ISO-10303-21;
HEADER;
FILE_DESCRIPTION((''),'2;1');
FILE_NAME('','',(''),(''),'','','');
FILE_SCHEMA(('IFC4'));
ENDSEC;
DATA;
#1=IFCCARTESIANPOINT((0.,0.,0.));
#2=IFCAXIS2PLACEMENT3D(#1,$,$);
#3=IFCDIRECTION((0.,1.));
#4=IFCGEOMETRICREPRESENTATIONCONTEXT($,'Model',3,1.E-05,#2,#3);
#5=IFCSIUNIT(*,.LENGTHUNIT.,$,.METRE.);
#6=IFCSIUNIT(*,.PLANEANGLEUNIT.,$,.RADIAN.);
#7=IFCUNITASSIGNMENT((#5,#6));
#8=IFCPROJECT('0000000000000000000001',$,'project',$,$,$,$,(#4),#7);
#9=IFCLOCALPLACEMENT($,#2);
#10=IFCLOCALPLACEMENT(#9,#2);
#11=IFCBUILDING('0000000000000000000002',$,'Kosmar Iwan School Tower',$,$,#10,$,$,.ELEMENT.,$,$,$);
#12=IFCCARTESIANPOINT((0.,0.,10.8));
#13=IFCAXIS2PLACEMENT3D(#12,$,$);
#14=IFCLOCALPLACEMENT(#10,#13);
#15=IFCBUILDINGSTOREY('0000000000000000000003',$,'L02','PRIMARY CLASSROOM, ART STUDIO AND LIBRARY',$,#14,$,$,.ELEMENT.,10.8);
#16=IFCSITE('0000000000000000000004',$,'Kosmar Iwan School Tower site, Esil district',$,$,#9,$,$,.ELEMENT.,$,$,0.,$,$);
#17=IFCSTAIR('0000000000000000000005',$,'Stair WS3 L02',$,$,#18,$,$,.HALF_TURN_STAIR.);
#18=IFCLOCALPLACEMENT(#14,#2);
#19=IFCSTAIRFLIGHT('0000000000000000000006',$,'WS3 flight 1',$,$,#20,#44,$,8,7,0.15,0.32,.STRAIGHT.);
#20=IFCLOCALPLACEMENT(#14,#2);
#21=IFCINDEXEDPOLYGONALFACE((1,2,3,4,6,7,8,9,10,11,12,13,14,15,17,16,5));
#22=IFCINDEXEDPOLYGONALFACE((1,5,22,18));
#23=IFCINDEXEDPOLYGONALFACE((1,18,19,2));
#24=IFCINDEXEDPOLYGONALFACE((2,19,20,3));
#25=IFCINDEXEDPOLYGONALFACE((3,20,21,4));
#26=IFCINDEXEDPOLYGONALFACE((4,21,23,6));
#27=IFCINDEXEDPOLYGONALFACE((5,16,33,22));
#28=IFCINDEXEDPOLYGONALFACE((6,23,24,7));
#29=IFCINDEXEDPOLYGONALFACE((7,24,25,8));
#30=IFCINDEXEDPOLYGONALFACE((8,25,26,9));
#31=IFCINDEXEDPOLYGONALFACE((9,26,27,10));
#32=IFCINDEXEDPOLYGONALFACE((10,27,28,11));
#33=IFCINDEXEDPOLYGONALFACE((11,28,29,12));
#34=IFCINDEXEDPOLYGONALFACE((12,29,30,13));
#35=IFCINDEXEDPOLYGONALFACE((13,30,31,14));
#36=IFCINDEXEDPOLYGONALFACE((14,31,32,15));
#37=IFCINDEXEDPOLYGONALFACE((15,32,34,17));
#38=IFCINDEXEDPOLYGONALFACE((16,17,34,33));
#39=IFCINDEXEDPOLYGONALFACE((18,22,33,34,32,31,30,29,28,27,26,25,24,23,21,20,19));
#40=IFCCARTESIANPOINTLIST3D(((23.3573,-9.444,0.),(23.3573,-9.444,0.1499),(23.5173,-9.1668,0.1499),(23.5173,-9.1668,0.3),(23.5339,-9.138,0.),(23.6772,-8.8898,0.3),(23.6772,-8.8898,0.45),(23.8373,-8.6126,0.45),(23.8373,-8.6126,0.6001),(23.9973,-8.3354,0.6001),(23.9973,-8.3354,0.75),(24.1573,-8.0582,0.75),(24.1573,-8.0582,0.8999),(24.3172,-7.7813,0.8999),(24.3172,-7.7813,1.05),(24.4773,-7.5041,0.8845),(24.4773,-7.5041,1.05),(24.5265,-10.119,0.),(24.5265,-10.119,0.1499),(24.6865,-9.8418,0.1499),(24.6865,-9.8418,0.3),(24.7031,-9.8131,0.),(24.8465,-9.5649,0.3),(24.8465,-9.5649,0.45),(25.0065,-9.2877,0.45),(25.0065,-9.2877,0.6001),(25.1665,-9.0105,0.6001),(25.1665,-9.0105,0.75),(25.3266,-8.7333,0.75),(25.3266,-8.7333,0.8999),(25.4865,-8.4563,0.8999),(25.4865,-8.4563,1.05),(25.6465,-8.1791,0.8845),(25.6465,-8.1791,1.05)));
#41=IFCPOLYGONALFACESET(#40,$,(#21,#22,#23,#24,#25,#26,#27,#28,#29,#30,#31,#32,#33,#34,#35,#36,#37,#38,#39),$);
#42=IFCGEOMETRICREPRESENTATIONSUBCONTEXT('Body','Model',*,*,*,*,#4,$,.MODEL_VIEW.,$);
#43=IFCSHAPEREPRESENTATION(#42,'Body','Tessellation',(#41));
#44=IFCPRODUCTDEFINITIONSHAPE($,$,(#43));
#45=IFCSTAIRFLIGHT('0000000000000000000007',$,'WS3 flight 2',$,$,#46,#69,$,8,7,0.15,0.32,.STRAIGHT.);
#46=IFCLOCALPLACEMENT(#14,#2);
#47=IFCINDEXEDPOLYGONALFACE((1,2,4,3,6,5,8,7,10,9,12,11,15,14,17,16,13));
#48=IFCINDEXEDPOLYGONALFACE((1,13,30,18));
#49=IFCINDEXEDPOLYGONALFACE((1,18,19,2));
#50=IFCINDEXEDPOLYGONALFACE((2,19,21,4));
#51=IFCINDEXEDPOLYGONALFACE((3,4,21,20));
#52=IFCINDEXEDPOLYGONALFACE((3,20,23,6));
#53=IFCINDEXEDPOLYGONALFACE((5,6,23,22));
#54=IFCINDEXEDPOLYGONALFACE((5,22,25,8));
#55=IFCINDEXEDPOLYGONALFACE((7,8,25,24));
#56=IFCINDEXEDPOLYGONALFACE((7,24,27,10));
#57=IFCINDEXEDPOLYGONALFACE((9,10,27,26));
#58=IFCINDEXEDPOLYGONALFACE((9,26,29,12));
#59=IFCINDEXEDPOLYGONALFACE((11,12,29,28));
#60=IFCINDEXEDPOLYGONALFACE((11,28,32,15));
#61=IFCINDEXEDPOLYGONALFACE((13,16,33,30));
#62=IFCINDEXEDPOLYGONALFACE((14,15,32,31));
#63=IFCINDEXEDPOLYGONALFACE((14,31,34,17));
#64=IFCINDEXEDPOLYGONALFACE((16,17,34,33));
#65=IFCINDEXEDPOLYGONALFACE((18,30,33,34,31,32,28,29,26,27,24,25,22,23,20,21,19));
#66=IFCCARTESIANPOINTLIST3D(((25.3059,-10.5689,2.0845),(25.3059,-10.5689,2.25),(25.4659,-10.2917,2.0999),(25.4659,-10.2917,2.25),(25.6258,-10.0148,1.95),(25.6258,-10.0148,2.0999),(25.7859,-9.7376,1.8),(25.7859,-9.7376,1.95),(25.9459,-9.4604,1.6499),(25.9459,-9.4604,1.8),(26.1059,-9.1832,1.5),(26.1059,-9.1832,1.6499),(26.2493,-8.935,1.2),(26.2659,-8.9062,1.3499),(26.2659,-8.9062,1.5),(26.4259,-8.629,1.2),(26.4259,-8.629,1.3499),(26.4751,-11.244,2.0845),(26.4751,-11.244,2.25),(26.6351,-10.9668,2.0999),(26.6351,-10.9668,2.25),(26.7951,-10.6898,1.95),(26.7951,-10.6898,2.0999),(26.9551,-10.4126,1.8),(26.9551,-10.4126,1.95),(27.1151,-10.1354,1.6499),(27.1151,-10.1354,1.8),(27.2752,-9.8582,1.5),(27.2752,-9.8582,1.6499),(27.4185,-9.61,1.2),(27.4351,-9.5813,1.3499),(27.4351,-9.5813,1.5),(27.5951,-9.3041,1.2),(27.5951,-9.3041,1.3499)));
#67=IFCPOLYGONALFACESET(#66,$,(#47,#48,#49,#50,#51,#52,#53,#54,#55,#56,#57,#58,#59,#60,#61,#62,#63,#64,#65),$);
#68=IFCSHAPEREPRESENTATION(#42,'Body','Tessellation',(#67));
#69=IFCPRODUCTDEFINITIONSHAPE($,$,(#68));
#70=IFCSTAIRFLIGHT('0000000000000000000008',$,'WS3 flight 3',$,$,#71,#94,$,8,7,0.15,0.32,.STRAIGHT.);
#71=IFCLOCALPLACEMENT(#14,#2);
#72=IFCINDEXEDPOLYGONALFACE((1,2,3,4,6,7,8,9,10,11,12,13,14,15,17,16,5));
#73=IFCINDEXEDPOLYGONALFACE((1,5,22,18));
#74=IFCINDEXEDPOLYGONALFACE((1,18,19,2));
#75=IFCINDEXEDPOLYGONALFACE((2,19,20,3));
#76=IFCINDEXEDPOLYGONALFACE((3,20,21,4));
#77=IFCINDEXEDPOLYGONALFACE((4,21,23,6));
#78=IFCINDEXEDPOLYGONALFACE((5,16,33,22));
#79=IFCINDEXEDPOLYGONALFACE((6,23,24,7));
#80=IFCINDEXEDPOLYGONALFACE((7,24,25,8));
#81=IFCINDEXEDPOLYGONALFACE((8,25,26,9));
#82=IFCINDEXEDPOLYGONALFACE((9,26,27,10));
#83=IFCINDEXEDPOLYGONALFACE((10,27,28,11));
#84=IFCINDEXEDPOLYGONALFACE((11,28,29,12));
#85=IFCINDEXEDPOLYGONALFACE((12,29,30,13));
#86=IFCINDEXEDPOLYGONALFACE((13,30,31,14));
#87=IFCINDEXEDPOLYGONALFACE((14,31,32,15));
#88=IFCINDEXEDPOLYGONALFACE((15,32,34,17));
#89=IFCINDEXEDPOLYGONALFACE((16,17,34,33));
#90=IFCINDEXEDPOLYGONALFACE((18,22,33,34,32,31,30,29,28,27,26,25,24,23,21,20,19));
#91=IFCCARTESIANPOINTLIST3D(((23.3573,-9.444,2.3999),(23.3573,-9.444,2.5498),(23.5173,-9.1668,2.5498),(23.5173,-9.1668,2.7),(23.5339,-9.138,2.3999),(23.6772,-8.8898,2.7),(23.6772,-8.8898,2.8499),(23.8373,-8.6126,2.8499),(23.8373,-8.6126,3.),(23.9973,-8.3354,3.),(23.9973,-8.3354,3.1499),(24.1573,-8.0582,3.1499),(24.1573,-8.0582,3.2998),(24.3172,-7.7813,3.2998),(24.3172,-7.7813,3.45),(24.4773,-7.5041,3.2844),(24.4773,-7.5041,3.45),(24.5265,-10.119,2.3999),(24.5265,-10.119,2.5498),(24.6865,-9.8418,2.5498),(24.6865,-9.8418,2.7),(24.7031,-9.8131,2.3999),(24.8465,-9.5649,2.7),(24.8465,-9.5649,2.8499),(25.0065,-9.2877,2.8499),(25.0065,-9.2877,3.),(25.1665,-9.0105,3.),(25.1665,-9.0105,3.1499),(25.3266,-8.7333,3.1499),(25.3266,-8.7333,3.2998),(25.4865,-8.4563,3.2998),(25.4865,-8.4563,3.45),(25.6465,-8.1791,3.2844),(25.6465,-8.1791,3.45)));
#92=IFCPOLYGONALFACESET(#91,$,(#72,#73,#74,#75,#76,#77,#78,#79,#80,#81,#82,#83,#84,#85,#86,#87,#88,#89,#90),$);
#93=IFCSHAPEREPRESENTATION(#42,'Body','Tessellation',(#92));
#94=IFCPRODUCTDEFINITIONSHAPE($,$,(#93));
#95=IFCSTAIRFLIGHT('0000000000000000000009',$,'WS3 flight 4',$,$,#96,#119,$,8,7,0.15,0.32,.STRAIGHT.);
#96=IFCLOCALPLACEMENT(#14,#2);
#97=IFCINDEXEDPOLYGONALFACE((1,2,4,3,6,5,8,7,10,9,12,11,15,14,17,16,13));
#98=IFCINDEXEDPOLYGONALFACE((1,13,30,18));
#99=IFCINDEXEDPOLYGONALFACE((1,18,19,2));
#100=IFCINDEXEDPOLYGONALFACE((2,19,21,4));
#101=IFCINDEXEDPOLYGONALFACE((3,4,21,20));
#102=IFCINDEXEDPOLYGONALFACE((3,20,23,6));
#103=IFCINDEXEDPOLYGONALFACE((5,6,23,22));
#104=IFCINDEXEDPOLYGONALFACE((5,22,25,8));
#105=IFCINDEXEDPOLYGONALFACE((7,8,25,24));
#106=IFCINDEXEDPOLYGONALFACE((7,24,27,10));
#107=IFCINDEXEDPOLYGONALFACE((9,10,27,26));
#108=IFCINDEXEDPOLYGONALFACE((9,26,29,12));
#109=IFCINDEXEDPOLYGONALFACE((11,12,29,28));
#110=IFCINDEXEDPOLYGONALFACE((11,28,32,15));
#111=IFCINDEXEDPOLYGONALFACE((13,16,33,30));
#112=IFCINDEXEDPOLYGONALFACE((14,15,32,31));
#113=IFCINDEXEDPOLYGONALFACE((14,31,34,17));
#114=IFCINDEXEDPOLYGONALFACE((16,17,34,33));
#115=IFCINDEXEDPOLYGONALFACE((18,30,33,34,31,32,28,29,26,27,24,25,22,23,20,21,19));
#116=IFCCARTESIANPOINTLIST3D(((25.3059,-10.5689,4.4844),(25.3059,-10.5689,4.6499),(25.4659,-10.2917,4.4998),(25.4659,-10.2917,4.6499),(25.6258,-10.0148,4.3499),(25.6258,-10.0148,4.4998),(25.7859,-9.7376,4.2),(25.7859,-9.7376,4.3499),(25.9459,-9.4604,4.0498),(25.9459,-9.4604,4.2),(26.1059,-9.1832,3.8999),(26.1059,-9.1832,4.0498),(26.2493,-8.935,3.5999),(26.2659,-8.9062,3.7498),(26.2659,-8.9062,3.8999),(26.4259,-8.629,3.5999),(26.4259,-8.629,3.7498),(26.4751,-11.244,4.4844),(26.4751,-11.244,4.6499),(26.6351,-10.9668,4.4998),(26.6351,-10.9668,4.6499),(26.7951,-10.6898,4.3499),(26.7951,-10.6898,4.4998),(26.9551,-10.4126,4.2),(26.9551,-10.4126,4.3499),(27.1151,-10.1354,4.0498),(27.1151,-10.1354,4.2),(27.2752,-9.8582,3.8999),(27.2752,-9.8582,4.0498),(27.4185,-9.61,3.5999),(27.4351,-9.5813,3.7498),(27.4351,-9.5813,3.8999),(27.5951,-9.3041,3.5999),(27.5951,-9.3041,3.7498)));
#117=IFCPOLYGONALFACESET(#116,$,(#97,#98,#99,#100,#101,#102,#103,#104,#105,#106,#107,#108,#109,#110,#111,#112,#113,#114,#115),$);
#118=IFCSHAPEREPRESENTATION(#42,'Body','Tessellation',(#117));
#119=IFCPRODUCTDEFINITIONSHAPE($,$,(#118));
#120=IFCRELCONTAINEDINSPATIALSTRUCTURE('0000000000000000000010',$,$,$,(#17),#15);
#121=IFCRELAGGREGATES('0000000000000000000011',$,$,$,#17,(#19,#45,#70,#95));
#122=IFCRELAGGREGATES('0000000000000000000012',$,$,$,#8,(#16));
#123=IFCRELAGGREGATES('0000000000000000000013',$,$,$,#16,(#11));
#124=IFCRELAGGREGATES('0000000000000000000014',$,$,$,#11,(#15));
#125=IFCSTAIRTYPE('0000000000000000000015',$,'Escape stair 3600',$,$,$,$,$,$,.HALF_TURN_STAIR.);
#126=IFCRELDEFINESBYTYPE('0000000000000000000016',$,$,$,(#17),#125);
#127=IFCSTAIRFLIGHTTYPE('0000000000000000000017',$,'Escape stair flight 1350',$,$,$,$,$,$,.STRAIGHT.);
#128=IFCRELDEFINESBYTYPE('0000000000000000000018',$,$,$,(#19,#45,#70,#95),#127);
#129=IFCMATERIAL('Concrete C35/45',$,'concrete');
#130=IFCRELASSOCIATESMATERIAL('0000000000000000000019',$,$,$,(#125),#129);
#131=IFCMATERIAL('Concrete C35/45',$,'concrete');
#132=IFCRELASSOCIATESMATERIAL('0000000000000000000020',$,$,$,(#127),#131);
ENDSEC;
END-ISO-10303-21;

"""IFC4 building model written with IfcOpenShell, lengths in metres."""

from ifc_helpers import new_model, si_unit, direction, frame, origin, place, context, subcontext, project, spatial, polyline, outline, extrude, material, type_object, element, aggregate, save


model = new_model("IFC4")

# Units and contexts
model_context = context("Model", 3, precision=1e-05, world=origin(), true_north=direction((0.0, 1.0)))
body_context = subcontext(model_context, "Body", "Model", "MODEL_VIEW")
ifc_project = project(units=[si_unit("LENGTHUNIT", "METRE"), si_unit("PLANEANGLEUNIT", "RADIAN")], contexts=[model_context])

# Site, building, storey
site_placement = place(None, origin())
site = spatial("IfcSite", under=ifc_project, at=site_placement, Name="Kosmar Iwan School Tower site, Esil district", CompositionType="ELEMENT", RefElevation=0.0)
building_placement = place(site_placement, origin())
building = spatial("IfcBuilding", under=site, at=building_placement, Name="Kosmar Iwan School Tower", CompositionType="ELEMENT")
storey_placement = place(building_placement, frame((0.0, 0.0, 10.8)))
storey = spatial("IfcBuildingStorey", under=building, at=storey_placement, Name="L02", Description="PRIMARY CLASSROOM, ART STUDIO AND LIBRARY", CompositionType="ELEMENT", Elevation=10.8)

# Stair, stair flights
ifc_material_1 = material(Name="Concrete C35/45", Category="concrete")
stair_type = type_object("IfcStairType", Name="Escape stair 3600", PredefinedType="HALF_TURN_STAIR", material=ifc_material_1)
stair_placement = place(storey_placement, origin())
stair = element("IfcStair", 1, at=stair_placement, inside=storey, type_object=stair_type, Name="Stair WS3 L02", PredefinedType="HALF_TURN_STAIR")
ifc_material_2 = material(Name="Concrete C35/45", Category="concrete")
stair_flight_type = type_object("IfcStairFlightType", Name="Escape stair flight 1350", PredefinedType="STRAIGHT", material=ifc_material_2)
stair_flight_1_placement = place(storey_placement, frame((23.9419, -9.7815, 0.0), z_axis=(0.0, 0.0, 1.0), x_axis=(0.5, 0.866025, 0.0)))
stair_flight_1 = element("IfcStairFlight", 2, at=stair_flight_1_placement, type_object=stair_flight_type, Name="WS3 flight 1", NumberOfRisers=8, NumberOfTreads=7, PredefinedType="STRAIGHT", RiserHeight=0.15, TreadLength=0.32, context=body_context, shape_type="SweptSolid", body=[
    extrude(outline(polyline([(0.0, 0.0), (0.0, 0.1499), (0.3201, 0.1499), (0.3201, 0.3), (0.6399, 0.3), (0.6399, 0.45), (0.96, 0.45), (0.96, 0.6001), (1.28, 0.6001), (1.28, 0.75), (1.6001, 0.75), (1.6001, 0.8999), (1.9199, 0.8999), (1.9199, 1.05), (2.24, 1.05), (2.24, 1.2), (2.24, 0.8845), (0.3533, 0.0), (0.0, 0.0)])), frame((0.0, 0.675, 0.0), z_axis=(0.0, -1.0, 0.0), x_axis=(1.0, 0.0, 0.0)), (0.0, 0.0, 1.0), 1.3501),
])
stair_flight_2_placement = place(storey_placement, frame((27.0105, -8.9666, 1.2), z_axis=(0.0, 0.0, 1.0), x_axis=(-0.5, -0.866025, 0.0)))
stair_flight_2 = element("IfcStairFlight", 3, at=stair_flight_2_placement, type_object=stair_flight_type, Name="WS3 flight 2", NumberOfRisers=8, NumberOfTreads=7, PredefinedType="STRAIGHT", RiserHeight=0.15, TreadLength=0.32, context=body_context, shape_type="SweptSolid", body=[
    extrude(outline(polyline([(0.0, 0.0), (0.0, 0.1499), (0.3201, 0.1499), (0.3201, 0.3), (0.6399, 0.3), (0.6399, 0.45), (0.96, 0.45), (0.96, 0.6001), (1.28, 0.6001), (1.28, 0.75), (1.6001, 0.75), (1.6001, 0.8999), (1.9199, 0.8999), (1.9199, 1.05), (2.24, 1.05), (2.24, 1.2), (2.24, 0.8845), (0.3533, 0.0), (0.0, 0.0)])), frame((0.0, 0.675, 0.0), z_axis=(0.0, -1.0, 0.0), x_axis=(1.0, 0.0, 0.0)), (0.0, 0.0, 1.0), 1.3501),
])
stair_flight_3_placement = place(storey_placement, frame((23.9419, -9.7815, 2.3999), z_axis=(0.0, 0.0, 1.0), x_axis=(0.5, 0.866025, 0.0)))
stair_flight_3 = element("IfcStairFlight", 4, at=stair_flight_3_placement, type_object=stair_flight_type, Name="WS3 flight 3", NumberOfRisers=8, NumberOfTreads=7, PredefinedType="STRAIGHT", RiserHeight=0.15, TreadLength=0.32, context=body_context, shape_type="SweptSolid", body=[
    extrude(outline(polyline([(0.0, 0.0), (0.0, 0.1499), (0.3201, 0.1499), (0.3201, 0.3), (0.6399, 0.3), (0.6399, 0.45), (0.96, 0.45), (0.96, 0.6001), (1.28, 0.6001), (1.28, 0.75), (1.6001, 0.75), (1.6001, 0.8999), (1.9199, 0.8999), (1.9199, 1.05), (2.24, 1.05), (2.24, 1.2), (2.24, 0.8845), (0.3533, 0.0), (0.0, 0.0)])), frame((0.0, 0.675, 0.0), z_axis=(0.0, -1.0, 0.0), x_axis=(1.0, 0.0, 0.0)), (0.0, 0.0, 1.0), 1.3501),
])
stair_flight_4_placement = place(storey_placement, frame((27.0105, -8.9666, 3.5999), z_axis=(0.0, 0.0, 1.0), x_axis=(-0.5, -0.866025, 0.0)))
stair_flight_4 = element("IfcStairFlight", 5, at=stair_flight_4_placement, type_object=stair_flight_type, Name="WS3 flight 4", NumberOfRisers=8, NumberOfTreads=7, PredefinedType="STRAIGHT", RiserHeight=0.15, TreadLength=0.32, context=body_context, shape_type="SweptSolid", body=[
    extrude(outline(polyline([(0.0, 0.0), (0.0, 0.1499), (0.3201, 0.1499), (0.3201, 0.3), (0.6399, 0.3), (0.6399, 0.45), (0.96, 0.45), (0.96, 0.6001), (1.28, 0.6001), (1.28, 0.75), (1.6001, 0.75), (1.6001, 0.8999), (1.9199, 0.8999), (1.9199, 1.05), (2.24, 1.05), (2.24, 1.2), (2.24, 0.8845), (0.3533, 0.0), (0.0, 0.0)])), frame((0.0, 0.675, 0.0), z_axis=(0.0, -1.0, 0.0), x_axis=(1.0, 0.0, 0.0)), (0.0, 0.0, 1.0), 1.3501),
])
aggregate(stair, [stair_flight_1, stair_flight_2, stair_flight_3, stair_flight_4])

save(model, "model.ifc")
